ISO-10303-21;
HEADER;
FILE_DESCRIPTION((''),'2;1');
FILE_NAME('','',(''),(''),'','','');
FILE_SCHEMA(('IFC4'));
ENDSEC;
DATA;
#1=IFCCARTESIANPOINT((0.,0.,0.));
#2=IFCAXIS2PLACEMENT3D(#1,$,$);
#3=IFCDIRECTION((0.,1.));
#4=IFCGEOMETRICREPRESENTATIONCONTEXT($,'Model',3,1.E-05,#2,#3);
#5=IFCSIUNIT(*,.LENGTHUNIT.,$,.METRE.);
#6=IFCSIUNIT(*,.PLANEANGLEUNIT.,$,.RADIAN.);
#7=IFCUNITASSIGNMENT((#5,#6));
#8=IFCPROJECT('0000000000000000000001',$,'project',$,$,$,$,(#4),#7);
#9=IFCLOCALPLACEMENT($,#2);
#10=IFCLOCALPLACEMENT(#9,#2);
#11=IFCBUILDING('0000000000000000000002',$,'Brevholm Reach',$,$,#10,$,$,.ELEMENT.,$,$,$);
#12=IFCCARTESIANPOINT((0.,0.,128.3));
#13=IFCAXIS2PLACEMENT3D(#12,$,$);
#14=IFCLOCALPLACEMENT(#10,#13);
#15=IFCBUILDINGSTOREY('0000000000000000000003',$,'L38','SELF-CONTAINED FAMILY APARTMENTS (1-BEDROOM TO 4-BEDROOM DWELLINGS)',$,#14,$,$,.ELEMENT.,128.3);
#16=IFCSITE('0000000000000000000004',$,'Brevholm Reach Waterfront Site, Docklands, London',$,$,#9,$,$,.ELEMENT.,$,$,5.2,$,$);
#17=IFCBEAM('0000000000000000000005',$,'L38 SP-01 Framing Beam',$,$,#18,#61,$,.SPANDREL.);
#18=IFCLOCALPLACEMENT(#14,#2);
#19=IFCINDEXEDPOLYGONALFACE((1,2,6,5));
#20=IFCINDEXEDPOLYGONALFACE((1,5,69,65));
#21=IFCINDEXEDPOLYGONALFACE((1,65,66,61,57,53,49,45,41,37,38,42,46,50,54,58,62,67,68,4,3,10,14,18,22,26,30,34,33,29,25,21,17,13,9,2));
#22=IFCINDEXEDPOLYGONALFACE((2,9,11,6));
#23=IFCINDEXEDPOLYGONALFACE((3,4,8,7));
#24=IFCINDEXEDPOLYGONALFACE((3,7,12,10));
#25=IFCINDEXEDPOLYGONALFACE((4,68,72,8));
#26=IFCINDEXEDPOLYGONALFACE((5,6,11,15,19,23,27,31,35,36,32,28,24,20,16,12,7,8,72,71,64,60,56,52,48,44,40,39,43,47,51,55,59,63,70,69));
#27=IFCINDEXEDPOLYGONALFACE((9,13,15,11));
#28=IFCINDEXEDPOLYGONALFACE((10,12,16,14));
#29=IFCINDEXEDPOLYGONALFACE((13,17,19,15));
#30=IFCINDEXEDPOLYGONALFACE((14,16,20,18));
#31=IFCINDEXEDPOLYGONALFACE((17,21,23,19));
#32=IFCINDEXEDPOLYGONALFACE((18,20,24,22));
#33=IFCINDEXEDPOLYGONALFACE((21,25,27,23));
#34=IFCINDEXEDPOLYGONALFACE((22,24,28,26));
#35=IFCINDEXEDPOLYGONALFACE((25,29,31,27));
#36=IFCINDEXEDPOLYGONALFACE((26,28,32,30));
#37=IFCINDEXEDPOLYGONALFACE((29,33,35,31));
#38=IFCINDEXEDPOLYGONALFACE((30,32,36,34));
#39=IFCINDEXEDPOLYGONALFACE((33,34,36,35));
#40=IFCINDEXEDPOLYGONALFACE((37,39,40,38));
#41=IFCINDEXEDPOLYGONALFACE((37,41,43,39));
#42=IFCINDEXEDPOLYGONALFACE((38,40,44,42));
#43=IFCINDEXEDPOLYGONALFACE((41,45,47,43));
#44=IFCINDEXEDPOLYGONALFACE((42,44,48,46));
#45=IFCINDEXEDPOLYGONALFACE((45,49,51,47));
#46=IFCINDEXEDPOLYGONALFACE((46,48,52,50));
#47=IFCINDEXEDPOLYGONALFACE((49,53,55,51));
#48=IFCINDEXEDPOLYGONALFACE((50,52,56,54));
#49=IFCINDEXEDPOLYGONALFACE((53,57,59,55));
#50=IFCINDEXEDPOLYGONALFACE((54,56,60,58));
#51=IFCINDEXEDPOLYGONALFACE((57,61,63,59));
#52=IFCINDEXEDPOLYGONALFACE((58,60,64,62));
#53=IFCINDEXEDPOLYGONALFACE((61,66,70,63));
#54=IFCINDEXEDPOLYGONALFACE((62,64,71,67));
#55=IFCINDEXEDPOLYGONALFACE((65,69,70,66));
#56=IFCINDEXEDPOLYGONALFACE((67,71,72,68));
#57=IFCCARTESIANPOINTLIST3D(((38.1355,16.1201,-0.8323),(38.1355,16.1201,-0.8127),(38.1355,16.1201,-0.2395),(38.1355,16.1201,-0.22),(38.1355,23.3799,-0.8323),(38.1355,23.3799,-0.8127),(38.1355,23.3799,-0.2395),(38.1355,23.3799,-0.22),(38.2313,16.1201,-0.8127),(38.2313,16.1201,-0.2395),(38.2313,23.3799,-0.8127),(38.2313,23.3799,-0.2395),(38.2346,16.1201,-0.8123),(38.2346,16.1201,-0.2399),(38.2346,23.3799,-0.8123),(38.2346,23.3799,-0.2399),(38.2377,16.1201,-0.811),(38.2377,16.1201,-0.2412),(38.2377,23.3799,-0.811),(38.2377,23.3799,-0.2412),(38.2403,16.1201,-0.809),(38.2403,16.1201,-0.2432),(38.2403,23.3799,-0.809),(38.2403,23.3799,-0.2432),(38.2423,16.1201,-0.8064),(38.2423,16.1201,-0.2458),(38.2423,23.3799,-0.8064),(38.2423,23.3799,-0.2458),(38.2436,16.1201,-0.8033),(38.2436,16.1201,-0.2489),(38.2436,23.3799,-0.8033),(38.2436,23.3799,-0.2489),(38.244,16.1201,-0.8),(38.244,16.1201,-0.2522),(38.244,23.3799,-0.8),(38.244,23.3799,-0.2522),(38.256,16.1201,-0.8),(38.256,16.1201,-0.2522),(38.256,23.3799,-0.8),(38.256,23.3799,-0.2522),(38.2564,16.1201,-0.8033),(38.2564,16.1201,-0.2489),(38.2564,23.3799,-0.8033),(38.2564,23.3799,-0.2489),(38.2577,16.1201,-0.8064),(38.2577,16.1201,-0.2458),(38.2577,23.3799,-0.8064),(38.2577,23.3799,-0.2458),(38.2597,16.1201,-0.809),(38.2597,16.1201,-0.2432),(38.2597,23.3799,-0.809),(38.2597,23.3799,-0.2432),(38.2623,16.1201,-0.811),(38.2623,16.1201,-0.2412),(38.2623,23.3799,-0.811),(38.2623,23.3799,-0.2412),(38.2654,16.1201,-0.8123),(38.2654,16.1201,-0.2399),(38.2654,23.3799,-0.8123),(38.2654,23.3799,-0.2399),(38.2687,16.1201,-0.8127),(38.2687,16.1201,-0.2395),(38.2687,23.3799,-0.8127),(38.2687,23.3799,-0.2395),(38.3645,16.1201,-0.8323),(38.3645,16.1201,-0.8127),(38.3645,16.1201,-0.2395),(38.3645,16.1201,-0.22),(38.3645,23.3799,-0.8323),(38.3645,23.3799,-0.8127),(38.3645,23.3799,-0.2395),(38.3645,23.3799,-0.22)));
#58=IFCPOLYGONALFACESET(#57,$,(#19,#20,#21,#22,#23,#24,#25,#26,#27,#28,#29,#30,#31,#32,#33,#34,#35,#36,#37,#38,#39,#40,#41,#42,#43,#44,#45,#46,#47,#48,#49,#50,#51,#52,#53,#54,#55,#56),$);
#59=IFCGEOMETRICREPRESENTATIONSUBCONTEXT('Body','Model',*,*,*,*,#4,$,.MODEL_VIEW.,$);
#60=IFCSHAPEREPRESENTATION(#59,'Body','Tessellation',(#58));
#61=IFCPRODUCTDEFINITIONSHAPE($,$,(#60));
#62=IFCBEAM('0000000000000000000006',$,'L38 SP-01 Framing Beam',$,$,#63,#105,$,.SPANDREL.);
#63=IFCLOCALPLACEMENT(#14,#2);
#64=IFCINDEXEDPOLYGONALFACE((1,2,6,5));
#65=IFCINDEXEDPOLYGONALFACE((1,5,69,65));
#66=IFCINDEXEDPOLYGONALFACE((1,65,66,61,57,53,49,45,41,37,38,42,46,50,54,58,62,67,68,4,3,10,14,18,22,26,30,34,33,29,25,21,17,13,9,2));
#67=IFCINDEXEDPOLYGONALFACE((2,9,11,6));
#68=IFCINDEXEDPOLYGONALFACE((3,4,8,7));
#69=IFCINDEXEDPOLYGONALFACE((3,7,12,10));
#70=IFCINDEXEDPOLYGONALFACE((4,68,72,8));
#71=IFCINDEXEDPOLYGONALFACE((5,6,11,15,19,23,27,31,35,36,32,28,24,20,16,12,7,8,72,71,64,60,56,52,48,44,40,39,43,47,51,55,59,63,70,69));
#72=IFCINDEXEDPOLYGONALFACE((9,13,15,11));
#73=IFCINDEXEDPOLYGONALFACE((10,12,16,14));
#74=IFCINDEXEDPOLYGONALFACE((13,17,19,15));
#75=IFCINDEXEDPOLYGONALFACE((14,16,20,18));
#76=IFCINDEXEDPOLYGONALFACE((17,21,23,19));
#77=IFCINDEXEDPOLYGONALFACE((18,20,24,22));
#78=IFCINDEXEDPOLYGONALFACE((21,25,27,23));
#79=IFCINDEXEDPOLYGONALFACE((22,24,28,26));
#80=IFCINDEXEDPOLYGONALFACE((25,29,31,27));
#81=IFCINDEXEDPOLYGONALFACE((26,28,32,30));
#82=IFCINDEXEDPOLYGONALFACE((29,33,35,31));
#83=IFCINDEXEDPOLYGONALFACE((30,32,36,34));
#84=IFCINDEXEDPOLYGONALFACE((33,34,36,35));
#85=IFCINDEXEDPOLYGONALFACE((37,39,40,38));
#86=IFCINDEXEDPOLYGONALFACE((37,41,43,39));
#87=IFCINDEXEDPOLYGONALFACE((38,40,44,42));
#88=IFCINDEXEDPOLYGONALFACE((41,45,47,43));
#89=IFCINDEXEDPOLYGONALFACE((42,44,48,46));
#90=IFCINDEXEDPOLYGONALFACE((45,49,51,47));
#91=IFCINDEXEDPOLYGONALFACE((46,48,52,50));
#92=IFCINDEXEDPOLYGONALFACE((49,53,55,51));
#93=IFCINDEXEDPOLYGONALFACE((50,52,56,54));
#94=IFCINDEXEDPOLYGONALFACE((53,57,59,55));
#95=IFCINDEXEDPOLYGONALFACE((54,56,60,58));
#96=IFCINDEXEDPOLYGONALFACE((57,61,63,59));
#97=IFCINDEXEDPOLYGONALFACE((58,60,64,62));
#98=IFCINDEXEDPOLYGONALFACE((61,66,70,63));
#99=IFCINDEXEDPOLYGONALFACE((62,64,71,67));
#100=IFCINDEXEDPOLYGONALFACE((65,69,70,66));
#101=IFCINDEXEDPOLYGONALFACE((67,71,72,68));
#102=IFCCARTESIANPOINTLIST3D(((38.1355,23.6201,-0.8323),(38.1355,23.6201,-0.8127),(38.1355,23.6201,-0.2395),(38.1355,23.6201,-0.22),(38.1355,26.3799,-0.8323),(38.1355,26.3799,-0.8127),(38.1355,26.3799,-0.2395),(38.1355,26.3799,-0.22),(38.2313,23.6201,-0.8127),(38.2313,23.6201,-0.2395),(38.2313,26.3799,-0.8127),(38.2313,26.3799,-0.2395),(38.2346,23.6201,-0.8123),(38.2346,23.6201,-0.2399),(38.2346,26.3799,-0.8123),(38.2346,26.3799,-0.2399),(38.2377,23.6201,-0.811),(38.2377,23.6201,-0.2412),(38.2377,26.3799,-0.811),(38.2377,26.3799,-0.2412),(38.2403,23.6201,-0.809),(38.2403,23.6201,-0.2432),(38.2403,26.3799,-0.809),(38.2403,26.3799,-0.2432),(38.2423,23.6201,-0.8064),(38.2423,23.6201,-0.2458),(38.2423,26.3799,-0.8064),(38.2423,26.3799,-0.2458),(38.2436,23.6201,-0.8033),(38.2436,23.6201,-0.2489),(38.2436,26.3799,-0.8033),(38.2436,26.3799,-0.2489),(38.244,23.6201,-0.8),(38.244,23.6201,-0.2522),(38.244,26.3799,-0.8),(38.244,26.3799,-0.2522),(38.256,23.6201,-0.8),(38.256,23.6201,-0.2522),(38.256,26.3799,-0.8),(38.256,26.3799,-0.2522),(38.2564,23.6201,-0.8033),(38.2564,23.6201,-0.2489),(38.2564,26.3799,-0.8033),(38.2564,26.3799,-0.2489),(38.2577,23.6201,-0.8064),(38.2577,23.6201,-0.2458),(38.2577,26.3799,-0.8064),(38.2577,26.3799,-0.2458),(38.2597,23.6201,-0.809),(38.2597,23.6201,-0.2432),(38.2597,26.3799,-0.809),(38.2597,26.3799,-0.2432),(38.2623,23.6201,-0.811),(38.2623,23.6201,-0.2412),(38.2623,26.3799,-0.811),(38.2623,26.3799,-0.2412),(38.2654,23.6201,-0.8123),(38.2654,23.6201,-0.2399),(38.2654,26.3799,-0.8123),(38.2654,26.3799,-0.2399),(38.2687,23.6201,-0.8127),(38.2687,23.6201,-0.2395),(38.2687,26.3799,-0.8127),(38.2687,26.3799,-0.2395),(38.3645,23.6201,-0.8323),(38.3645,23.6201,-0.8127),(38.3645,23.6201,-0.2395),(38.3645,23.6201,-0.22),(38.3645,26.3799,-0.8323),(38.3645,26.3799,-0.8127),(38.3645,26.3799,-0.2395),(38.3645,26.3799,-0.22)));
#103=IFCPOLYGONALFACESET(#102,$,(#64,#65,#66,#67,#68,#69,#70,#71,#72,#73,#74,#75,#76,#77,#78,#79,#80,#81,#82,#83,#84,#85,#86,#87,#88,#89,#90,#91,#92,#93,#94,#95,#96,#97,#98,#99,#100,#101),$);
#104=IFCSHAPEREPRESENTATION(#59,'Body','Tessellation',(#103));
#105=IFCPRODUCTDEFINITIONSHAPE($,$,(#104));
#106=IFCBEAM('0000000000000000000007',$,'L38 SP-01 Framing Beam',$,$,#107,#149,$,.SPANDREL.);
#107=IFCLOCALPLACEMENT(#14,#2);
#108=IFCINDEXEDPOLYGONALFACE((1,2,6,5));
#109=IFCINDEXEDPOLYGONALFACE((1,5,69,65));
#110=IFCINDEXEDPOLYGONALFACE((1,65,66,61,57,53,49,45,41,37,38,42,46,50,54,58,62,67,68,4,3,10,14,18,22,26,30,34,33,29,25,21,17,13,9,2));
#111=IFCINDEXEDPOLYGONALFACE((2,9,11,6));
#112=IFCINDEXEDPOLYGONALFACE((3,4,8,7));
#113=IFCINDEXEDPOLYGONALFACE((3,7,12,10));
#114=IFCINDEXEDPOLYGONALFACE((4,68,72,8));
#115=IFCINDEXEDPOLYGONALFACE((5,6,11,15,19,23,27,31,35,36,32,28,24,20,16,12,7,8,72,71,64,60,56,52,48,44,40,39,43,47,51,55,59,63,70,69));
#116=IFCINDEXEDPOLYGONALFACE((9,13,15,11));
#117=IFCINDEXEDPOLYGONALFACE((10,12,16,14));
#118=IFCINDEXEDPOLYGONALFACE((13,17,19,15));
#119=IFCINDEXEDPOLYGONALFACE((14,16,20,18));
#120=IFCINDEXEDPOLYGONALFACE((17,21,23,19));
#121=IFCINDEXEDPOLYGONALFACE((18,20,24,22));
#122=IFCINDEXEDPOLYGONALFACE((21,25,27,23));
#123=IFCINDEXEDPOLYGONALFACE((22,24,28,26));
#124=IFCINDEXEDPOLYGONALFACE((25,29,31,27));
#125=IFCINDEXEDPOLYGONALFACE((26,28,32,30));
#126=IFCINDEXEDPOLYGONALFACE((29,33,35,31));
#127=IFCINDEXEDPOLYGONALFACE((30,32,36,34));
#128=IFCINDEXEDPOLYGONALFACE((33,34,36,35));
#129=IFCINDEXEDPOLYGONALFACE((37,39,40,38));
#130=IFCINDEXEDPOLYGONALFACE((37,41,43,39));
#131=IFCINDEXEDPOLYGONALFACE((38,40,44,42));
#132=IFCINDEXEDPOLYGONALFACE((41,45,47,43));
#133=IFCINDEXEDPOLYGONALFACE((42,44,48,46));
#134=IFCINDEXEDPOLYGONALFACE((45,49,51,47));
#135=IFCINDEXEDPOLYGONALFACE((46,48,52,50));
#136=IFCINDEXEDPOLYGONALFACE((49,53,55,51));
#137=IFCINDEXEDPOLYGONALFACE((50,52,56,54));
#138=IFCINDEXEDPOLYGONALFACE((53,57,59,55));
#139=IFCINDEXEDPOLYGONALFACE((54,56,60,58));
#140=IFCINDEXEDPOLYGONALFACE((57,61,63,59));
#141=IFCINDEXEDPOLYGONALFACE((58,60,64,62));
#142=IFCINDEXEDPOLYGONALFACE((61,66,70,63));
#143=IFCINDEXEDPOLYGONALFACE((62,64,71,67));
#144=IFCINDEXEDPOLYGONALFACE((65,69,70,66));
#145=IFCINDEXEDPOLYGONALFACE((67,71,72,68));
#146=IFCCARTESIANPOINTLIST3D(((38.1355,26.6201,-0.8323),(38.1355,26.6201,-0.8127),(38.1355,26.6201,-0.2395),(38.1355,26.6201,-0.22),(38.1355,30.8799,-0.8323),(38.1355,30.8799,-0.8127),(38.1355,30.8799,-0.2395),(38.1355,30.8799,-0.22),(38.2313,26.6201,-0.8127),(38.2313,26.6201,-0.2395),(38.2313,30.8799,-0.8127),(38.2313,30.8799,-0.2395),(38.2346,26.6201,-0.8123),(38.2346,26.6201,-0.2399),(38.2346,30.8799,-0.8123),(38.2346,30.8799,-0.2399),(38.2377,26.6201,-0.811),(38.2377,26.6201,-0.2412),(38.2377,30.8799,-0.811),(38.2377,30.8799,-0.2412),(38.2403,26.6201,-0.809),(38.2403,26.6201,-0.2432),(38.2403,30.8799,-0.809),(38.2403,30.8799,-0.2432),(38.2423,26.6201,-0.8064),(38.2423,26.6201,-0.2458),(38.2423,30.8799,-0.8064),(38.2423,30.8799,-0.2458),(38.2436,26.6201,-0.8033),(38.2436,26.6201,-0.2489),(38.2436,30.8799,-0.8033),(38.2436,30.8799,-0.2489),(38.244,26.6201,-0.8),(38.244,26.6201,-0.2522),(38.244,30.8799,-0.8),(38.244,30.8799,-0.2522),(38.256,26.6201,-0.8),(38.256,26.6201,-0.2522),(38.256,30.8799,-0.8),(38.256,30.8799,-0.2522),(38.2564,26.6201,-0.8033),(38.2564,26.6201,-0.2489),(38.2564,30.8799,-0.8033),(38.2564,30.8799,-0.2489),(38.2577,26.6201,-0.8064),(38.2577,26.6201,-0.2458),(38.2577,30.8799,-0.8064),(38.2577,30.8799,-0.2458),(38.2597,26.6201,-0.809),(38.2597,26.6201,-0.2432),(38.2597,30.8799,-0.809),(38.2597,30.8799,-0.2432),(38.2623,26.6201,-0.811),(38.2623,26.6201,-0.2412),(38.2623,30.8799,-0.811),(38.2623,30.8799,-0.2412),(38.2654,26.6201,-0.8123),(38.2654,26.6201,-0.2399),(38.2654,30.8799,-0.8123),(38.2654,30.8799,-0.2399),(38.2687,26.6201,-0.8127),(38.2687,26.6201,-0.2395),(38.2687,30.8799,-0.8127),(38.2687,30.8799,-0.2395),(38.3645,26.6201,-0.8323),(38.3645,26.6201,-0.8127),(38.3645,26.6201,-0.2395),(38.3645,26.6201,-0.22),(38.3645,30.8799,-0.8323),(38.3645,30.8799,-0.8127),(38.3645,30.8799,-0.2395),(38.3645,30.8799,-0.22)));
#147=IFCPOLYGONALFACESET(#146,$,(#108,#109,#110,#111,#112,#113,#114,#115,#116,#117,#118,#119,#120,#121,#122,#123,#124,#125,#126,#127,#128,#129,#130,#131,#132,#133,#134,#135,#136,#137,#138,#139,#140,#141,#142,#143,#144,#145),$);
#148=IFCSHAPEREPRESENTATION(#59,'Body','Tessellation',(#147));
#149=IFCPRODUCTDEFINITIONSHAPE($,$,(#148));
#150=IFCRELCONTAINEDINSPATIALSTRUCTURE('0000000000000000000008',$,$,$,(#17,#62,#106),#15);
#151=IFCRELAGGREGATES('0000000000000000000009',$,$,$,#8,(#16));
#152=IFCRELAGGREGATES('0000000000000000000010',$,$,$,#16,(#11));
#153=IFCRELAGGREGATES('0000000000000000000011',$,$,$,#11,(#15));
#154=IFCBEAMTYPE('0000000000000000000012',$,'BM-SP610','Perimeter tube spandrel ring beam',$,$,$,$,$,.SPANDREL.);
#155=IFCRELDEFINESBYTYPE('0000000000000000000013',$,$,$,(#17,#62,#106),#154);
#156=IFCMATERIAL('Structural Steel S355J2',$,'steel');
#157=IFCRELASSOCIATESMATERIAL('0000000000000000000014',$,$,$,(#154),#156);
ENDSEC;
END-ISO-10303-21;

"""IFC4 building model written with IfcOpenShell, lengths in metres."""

from ifc_helpers import new_model, si_unit, direction, frame, origin, origin_2d, place, context, subcontext, project, spatial, i_section, extrude, material, material_profile, profile_set, type_object, element, save


model = new_model("IFC4")

# Units and contexts
model_context = context("Model", 3, precision=1e-05, world=origin(), true_north=direction((0.0, 1.0)))
body_context = subcontext(model_context, "Body", "Model", "MODEL_VIEW")
ifc_project = project(units=[si_unit("LENGTHUNIT", "METRE"), si_unit("PLANEANGLEUNIT", "RADIAN")], contexts=[model_context])

# Site, building, storey
site_placement = place(None, origin())
site = spatial("IfcSite", under=ifc_project, at=site_placement, Name="Brevholm Reach Waterfront Site, Docklands, London", CompositionType="ELEMENT", RefElevation=5.2)
building_placement = place(site_placement, origin())
building = spatial("IfcBuilding", under=site, at=building_placement, Name="Brevholm Reach", CompositionType="ELEMENT")
storey_placement = place(building_placement, frame((0.0, 0.0, 128.3)))
storey = spatial("IfcBuildingStorey", under=building, at=storey_placement, Name="L38", Description="SELF-CONTAINED FAMILY APARTMENTS (1-BEDROOM TO 4-BEDROOM DWELLINGS)", CompositionType="ELEMENT", Elevation=128.3)

# Beams
ifc_material_1 = material(Name="Structural Steel S355J2", Category="steel")
ifc_material_profile_1 = material_profile(ifc_material_1, i_section(OverallWidth=0.229, OverallDepth=0.6123, WebThickness=0.012, FlangeThickness=0.0195, FilletRadius=0.0127, at=origin_2d()), Name="UKB 610x229x125")
ifc_profile_set_1 = profile_set([ifc_material_profile_1], Name="Structural Steel S355J2")
beam_type_1 = type_object("IfcBeamType", Name="BM-SP610", Description="Perimeter tube spandrel ring beam", PredefinedType="SPANDREL", material=ifc_profile_set_1)
beam_1_placement = place(storey_placement, frame((38.25, 16.1201, -0.5261), z_axis=(0.0, 1.0, 0.0), x_axis=(-1.0, 0.0, 0.0)))
element("IfcBeam", 1, at=beam_1_placement, inside=storey, type_object=beam_type_1, Name="L38 SP-01 Framing Beam", PredefinedType="SPANDREL", context=body_context, shape_type="SweptSolid", body=[
    extrude(i_section(OverallWidth=0.229, OverallDepth=0.6123, WebThickness=0.012, FlangeThickness=0.0195, FilletRadius=0.0127, at=origin_2d()), origin(), (0.0, 0.0, 1.0), 7.2598),
])
beam_2_placement = place(storey_placement, frame((38.25, 23.6201, -0.5261), z_axis=(0.0, 1.0, 0.0), x_axis=(-1.0, 0.0, 0.0)))
element("IfcBeam", 2, at=beam_2_placement, inside=storey, type_object=beam_type_1, Name="L38 SP-01 Framing Beam", PredefinedType="SPANDREL", context=body_context, shape_type="SweptSolid", body=[
    extrude(i_section(OverallWidth=0.229, OverallDepth=0.6123, WebThickness=0.012, FlangeThickness=0.0195, FilletRadius=0.0127, at=origin_2d()), origin(), (0.0, 0.0, 1.0), 2.7598),
])
beam_3_placement = place(storey_placement, frame((38.25, 26.6201, -0.5261), z_axis=(0.0, 1.0, 0.0), x_axis=(-1.0, 0.0, 0.0)))
element("IfcBeam", 3, at=beam_3_placement, inside=storey, type_object=beam_type_1, Name="L38 SP-01 Framing Beam", PredefinedType="SPANDREL", context=body_context, shape_type="SweptSolid", body=[
    extrude(i_section(OverallWidth=0.229, OverallDepth=0.6123, WebThickness=0.012, FlangeThickness=0.0195, FilletRadius=0.0127, at=origin_2d()), origin(), (0.0, 0.0, 1.0), 4.2598),
])

save(model, "model.ifc")
